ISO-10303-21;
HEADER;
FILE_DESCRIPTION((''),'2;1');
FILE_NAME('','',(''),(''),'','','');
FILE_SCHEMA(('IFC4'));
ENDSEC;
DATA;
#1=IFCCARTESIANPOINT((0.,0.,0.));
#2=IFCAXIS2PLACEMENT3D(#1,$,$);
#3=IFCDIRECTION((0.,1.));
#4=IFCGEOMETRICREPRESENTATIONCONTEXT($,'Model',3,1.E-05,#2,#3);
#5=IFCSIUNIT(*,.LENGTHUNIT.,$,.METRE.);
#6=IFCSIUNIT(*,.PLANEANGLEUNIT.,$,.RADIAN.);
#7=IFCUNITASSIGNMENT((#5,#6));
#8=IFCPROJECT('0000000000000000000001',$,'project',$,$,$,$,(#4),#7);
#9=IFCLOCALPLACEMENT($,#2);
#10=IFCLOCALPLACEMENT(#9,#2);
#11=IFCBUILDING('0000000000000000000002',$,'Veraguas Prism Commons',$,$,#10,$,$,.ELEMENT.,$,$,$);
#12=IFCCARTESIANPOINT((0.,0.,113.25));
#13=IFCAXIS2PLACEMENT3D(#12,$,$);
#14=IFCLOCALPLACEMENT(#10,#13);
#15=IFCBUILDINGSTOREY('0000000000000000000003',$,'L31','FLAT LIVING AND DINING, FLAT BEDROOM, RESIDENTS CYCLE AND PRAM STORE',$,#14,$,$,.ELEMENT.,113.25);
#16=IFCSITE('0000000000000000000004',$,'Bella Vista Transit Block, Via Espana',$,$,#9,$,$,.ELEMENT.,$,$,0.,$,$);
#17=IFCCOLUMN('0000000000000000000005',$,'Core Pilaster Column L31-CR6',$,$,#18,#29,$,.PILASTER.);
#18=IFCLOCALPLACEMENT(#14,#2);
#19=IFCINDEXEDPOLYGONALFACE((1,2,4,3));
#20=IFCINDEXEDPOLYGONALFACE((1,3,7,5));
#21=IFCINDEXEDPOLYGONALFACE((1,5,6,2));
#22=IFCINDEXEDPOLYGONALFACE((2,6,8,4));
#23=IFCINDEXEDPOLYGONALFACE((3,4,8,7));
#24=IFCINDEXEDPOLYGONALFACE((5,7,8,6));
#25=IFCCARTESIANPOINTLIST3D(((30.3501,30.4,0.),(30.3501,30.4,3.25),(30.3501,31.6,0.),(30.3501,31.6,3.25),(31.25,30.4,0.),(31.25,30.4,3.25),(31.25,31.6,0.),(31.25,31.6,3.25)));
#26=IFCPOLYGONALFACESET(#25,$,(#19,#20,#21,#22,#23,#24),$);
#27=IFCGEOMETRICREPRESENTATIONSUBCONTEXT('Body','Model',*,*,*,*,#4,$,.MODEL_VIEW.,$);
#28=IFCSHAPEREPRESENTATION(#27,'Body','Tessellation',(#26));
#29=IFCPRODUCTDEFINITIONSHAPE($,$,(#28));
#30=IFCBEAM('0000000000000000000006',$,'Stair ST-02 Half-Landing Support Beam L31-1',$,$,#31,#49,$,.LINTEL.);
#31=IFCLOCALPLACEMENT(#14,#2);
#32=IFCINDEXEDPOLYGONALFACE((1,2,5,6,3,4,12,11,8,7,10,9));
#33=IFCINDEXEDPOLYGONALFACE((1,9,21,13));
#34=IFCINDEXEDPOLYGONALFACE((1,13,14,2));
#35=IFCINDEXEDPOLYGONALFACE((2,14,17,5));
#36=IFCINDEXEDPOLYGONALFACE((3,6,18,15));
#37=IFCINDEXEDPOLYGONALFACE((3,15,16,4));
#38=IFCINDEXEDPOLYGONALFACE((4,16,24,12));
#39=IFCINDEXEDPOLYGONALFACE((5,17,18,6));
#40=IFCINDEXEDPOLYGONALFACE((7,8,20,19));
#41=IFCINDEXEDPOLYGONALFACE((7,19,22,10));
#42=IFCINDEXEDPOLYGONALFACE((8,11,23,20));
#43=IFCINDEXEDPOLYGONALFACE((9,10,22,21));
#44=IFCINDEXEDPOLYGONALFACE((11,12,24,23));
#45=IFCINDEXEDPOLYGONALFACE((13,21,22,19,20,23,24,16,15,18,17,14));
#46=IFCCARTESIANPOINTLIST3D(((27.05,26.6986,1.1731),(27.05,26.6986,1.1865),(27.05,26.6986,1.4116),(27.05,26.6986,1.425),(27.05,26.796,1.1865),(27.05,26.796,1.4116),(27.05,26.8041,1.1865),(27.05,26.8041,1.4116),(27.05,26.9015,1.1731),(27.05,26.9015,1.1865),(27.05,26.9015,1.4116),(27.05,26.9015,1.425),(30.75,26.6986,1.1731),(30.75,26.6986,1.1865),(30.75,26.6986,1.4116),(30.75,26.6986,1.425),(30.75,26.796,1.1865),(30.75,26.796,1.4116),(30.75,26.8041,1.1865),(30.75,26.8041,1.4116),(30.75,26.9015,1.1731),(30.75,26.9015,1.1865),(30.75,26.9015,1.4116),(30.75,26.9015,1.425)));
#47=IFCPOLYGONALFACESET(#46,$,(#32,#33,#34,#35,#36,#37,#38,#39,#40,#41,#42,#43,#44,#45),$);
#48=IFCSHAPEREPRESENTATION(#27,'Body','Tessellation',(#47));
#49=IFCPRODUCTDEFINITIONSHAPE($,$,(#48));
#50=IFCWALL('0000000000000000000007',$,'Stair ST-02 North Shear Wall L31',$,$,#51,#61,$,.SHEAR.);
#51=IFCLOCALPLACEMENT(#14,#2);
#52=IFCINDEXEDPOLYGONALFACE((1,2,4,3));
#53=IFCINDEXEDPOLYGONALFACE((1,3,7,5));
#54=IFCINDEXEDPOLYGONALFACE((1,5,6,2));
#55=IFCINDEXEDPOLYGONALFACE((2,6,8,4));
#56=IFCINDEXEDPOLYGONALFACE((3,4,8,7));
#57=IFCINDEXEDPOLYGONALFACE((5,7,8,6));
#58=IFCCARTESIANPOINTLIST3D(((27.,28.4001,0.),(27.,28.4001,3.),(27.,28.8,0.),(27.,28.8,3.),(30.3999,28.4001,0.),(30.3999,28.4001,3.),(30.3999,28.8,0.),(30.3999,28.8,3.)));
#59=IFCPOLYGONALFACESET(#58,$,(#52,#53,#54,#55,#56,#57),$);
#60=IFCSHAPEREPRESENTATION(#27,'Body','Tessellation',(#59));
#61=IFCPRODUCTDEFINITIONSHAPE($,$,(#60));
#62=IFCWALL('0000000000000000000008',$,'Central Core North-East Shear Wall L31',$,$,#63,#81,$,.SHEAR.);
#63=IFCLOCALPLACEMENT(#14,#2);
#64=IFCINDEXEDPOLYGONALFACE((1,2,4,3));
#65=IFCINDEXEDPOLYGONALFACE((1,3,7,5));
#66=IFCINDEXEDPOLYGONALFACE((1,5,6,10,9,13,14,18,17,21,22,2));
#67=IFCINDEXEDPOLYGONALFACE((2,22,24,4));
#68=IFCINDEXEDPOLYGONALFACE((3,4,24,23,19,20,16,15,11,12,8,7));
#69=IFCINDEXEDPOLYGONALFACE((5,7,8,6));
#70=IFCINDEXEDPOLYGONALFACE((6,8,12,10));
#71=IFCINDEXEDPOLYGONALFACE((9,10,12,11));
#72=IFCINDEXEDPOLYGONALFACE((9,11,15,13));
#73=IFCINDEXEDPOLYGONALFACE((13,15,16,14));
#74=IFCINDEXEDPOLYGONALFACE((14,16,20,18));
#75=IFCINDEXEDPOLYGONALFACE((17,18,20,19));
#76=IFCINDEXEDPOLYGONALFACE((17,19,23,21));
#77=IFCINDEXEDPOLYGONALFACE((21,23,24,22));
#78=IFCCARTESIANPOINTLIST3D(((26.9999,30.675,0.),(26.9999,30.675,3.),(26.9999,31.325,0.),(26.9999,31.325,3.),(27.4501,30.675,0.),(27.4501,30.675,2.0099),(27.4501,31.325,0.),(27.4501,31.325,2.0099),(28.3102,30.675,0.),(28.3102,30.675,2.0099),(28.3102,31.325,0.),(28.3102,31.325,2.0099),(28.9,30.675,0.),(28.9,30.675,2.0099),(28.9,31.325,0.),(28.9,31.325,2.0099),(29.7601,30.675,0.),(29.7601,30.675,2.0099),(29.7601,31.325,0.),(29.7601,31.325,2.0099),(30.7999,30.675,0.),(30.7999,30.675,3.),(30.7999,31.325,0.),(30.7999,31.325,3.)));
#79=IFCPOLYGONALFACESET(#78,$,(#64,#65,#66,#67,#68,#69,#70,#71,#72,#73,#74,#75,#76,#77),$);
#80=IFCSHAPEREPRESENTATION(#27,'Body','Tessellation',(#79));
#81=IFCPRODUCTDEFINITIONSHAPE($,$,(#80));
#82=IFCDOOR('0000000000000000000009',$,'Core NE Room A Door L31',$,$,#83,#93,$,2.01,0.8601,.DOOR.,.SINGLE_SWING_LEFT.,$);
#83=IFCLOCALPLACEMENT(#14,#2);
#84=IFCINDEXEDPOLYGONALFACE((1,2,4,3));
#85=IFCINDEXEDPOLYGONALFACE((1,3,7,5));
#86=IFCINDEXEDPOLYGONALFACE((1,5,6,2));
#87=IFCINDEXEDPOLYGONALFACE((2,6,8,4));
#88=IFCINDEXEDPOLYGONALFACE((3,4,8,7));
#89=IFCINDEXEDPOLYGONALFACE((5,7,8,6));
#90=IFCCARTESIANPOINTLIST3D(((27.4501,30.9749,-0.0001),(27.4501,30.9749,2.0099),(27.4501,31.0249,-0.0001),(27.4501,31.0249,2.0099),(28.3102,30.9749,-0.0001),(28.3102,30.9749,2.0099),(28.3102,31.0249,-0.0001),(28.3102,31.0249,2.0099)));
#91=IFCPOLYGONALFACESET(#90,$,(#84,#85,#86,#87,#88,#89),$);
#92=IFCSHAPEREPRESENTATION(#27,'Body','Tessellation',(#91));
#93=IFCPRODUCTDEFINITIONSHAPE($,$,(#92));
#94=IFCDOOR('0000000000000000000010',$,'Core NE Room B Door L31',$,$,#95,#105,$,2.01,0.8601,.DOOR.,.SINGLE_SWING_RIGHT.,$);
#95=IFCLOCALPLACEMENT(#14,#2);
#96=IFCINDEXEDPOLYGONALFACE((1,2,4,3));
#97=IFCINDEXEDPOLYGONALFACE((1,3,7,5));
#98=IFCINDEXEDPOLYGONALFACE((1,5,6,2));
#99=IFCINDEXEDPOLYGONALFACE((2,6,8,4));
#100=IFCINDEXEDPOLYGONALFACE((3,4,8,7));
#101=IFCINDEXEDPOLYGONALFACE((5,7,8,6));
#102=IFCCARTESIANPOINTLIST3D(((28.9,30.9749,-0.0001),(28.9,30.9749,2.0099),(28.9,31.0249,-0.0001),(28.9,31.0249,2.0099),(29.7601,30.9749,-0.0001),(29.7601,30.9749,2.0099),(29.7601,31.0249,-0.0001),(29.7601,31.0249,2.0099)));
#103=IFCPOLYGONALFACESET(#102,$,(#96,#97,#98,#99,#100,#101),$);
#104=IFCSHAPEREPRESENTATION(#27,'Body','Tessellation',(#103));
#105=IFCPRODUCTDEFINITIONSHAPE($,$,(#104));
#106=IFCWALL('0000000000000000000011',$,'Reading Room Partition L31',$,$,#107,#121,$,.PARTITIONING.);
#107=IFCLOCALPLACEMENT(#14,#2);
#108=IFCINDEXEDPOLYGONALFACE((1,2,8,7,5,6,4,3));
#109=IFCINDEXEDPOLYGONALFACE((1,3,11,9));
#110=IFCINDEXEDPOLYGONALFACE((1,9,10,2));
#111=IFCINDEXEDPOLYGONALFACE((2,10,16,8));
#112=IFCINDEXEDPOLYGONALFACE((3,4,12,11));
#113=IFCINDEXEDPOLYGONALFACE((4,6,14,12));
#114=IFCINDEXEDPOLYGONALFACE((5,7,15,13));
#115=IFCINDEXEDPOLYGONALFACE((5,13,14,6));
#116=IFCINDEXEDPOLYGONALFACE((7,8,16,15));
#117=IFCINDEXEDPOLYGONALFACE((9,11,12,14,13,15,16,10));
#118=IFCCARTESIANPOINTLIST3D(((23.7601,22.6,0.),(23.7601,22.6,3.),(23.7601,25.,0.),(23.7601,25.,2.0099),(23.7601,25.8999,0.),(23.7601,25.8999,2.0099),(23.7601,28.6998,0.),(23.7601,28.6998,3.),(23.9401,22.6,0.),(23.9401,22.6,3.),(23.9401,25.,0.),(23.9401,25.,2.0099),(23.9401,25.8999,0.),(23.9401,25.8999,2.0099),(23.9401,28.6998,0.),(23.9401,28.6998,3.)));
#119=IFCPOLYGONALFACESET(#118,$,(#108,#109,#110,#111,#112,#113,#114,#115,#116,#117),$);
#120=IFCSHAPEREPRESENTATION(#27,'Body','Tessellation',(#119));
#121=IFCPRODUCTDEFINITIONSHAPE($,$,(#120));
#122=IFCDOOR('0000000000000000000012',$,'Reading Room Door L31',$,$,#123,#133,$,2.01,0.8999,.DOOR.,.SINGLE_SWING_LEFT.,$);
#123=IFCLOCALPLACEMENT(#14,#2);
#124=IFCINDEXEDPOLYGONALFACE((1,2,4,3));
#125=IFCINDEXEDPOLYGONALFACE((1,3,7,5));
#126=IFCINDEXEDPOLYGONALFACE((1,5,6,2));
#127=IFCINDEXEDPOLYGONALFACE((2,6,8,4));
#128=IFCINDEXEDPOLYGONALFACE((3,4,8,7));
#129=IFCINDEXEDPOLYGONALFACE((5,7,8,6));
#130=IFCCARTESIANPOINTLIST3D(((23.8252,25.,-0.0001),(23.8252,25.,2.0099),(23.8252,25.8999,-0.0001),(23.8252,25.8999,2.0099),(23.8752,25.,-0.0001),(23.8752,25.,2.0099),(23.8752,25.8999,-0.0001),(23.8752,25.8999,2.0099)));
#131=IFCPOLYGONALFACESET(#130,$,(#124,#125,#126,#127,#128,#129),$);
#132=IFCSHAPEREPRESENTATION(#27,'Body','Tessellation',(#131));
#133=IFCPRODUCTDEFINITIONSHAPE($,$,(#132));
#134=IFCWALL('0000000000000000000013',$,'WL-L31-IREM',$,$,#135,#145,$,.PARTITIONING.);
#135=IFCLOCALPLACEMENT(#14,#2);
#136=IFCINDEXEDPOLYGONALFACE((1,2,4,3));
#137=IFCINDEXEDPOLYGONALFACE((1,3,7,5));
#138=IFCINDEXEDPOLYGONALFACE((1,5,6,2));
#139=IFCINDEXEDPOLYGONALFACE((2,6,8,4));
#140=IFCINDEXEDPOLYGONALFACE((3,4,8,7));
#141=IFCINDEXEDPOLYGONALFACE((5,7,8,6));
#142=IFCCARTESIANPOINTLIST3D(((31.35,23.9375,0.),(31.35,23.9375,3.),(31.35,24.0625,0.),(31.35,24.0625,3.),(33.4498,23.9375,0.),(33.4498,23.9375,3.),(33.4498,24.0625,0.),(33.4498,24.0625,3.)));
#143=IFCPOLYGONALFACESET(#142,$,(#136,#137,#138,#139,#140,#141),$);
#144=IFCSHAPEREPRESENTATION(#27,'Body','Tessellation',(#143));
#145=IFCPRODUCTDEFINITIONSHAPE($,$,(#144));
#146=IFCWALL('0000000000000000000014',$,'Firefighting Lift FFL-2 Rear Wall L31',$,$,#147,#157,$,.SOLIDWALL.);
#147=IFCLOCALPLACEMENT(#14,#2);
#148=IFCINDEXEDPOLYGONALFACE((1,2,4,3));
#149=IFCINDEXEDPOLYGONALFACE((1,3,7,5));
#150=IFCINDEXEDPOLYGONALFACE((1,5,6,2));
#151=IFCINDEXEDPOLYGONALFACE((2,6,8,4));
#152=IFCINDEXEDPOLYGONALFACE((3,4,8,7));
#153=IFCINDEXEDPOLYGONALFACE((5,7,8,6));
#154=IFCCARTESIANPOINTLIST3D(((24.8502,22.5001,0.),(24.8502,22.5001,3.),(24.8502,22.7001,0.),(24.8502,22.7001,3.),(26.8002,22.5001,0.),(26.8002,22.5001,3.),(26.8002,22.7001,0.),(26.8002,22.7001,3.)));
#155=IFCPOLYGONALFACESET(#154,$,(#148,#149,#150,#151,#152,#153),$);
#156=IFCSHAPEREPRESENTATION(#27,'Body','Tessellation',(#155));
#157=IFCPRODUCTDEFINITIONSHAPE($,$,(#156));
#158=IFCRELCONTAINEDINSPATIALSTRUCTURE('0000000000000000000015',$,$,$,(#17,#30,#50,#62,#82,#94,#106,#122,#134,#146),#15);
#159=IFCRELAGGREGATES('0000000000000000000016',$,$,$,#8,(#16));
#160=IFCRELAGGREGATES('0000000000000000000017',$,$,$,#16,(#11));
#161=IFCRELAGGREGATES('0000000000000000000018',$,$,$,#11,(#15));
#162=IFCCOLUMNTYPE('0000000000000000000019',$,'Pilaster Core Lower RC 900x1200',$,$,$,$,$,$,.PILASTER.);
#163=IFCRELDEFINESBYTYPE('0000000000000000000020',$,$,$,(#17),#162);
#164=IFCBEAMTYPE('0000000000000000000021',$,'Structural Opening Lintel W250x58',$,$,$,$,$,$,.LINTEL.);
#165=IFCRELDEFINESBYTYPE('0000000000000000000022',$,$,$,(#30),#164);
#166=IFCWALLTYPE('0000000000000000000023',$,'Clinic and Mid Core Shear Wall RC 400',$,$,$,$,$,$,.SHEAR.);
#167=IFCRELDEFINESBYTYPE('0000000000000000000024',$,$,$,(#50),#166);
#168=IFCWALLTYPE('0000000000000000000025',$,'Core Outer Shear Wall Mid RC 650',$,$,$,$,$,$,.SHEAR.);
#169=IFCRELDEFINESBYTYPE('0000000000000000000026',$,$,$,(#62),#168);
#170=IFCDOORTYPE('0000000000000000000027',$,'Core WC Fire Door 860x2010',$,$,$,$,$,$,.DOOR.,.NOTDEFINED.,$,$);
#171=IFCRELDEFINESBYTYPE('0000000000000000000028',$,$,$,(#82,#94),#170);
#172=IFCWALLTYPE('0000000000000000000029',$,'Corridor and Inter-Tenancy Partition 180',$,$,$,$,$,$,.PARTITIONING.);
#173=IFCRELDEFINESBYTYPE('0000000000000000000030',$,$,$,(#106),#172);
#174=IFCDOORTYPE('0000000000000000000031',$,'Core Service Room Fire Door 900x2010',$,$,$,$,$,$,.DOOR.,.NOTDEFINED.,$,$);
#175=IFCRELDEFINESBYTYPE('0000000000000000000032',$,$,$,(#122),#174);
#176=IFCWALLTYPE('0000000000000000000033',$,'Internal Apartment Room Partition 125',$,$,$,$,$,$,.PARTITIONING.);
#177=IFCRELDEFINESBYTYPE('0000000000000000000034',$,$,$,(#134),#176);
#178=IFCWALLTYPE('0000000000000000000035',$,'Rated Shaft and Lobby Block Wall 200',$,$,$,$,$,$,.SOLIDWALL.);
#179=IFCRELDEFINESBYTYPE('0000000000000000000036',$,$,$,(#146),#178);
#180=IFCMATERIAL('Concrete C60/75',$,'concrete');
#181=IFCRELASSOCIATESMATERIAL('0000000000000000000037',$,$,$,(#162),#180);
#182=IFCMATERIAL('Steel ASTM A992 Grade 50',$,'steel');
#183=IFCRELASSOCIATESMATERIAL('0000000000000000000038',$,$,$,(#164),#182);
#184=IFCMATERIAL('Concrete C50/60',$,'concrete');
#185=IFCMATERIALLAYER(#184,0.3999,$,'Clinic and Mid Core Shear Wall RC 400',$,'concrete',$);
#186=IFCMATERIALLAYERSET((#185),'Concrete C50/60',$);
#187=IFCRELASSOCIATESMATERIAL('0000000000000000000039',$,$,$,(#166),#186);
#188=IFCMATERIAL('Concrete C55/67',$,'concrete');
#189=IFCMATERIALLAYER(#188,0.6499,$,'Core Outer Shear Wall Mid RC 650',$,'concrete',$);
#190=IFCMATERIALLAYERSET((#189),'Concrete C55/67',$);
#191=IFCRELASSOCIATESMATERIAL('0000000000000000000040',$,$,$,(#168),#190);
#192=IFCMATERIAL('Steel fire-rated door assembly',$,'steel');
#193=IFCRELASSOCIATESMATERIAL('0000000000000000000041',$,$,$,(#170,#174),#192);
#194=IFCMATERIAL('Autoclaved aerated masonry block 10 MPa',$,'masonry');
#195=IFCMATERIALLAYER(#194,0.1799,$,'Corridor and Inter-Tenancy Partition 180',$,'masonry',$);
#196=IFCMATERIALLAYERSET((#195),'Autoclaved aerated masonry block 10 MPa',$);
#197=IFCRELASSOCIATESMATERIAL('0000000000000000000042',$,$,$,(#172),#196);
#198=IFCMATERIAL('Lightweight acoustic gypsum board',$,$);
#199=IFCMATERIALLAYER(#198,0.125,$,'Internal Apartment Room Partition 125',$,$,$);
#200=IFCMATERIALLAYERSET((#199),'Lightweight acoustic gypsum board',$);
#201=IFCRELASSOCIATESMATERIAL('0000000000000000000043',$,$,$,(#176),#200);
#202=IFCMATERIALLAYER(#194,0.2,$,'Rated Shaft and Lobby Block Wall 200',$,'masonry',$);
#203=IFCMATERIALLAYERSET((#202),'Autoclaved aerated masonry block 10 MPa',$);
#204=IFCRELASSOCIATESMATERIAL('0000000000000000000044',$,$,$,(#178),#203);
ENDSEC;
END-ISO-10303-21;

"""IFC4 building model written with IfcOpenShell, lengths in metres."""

from ifc_helpers import new_model, si_unit, direction, frame, frame_2d, origin, origin_2d, place, context, subcontext, project, spatial, rectangle, i_section, extrude, source, transform, mapped, material, layer, layer_set, material_profile, profile_set, type_object, element, fill, save


model = new_model("IFC4")

# Units and contexts
model_context = context("Model", 3, precision=1e-05, world=origin(), true_north=direction((0.0, 1.0)))
body_context = subcontext(model_context, "Body", "Model", "MODEL_VIEW")
ifc_project = project(units=[si_unit("LENGTHUNIT", "METRE"), si_unit("PLANEANGLEUNIT", "RADIAN")], contexts=[model_context])

# Site, building, storey
site_placement = place(None, origin())
site = spatial("IfcSite", under=ifc_project, at=site_placement, Name="Bella Vista Transit Block, Via Espana", CompositionType="ELEMENT", RefElevation=0.0)
building_placement = place(site_placement, origin())
building = spatial("IfcBuilding", under=site, at=building_placement, Name="Veraguas Prism Commons", CompositionType="ELEMENT")
storey_placement = place(building_placement, frame((0.0, 0.0, 113.25)))
storey = spatial("IfcBuildingStorey", under=building, at=storey_placement, Name="L31", Description="FLAT LIVING AND DINING, FLAT BEDROOM, RESIDENTS CYCLE AND PRAM STORE", CompositionType="ELEMENT", Elevation=113.25)

# Column
ifc_material_1 = material(Name="Concrete C60/75", Category="concrete")
ifc_material_profile_1 = material_profile(ifc_material_1, rectangle(XDim=0.8999, YDim=1.2, at=origin_2d()), Name="RC900X1200")
ifc_profile_set_1 = profile_set([ifc_material_profile_1], Name="Concrete C60/75")
column_type = type_object("IfcColumnType", Name="Pilaster Core Lower RC 900x1200", PredefinedType="PILASTER", material=ifc_profile_set_1)
column_placement = place(storey_placement, frame((30.8, 31.0, 0.0), z_axis=(0.0, 0.0, 1.0), x_axis=(1.0, 0.0, 0.0)))
element("IfcColumn", 1, at=column_placement, inside=storey, type_object=column_type, Name="Core Pilaster Column L31-CR6", PredefinedType="PILASTER", context=body_context, shape_type="SweptSolid", body=[
    extrude(rectangle(XDim=0.8999, YDim=1.2, at=origin_2d()), origin(), (0.0, 0.0, 1.0), 3.25),
])

# Beam
ifc_material_2 = material(Name="Steel ASTM A992 Grade 50", Category="steel")
ifc_material_profile_2 = material_profile(ifc_material_2, i_section(OverallWidth=0.2029, OverallDepth=0.252, WebThickness=0.0081, FlangeThickness=0.0134, at=origin_2d()), Name="W250X58")
ifc_profile_set_2 = profile_set([ifc_material_profile_2], Name="Steel ASTM A992 Grade 50")
beam_type = type_object("IfcBeamType", Name="Structural Opening Lintel W250x58", PredefinedType="LINTEL", material=ifc_profile_set_2)
beam_placement = place(storey_placement, frame((27.05, 26.8, 1.2991), z_axis=(1.0, 0.0, 0.0), x_axis=(0.0, 1.0, 0.0)))
element("IfcBeam", 2, at=beam_placement, inside=storey, type_object=beam_type, Name="Stair ST-02 Half-Landing Support Beam L31-1", PredefinedType="LINTEL", context=body_context, shape_type="SweptSolid", body=[
    extrude(i_section(OverallWidth=0.2029, OverallDepth=0.252, WebThickness=0.0081, FlangeThickness=0.0134, at=origin_2d()), origin(), (0.0, 0.0, 1.0), 3.7),
])

# Wall
ifc_material_3 = material(Name="Concrete C50/60", Category="concrete")
ifc_layer_1 = layer(ifc_material_3, 0.3999, Name="Clinic and Mid Core Shear Wall RC 400", Category="concrete")
ifc_layer_set_1 = layer_set([ifc_layer_1], Name="Concrete C50/60")
wall_type_1 = type_object("IfcWallType", Name="Clinic and Mid Core Shear Wall RC 400", PredefinedType="SHEAR", material=ifc_layer_set_1)
wall_1_placement = place(storey_placement, frame((27.0, 28.6001, 0.0), z_axis=(0.0, 0.0, 1.0), x_axis=(1.0, 0.0, 0.0)))
element("IfcWall", 3, at=wall_1_placement, inside=storey, type_object=wall_type_1, Name="Stair ST-02 North Shear Wall L31", PredefinedType="SHEAR", context=body_context, shape_type="SweptSolid", body=[
    extrude(rectangle(XDim=3.3999, YDim=0.3999, at=frame_2d((1.7, 0.0))), origin(), (0.0, 0.0, 1.0), 3.0),
])

# Wall, openings, doors
ifc_material_4 = material(Name="Concrete C55/67", Category="concrete")
ifc_layer_2 = layer(ifc_material_4, 0.6499, Name="Core Outer Shear Wall Mid RC 650", Category="concrete")
ifc_layer_set_2 = layer_set([ifc_layer_2], Name="Concrete C55/67")
wall_type_2 = type_object("IfcWallType", Name="Core Outer Shear Wall Mid RC 650", PredefinedType="SHEAR", material=ifc_layer_set_2)
wall_2_placement = place(storey_placement, frame((27.0, 31.0, 0.0), z_axis=(0.0, 0.0, 1.0), x_axis=(1.0, 0.0, 0.0)))
wall_2 = element("IfcWall", 4, at=wall_2_placement, inside=storey, type_object=wall_type_2, Name="Central Core North-East Shear Wall L31", PredefinedType="SHEAR", context=body_context, shape_type="SweptSolid", body=[
    extrude(rectangle(XDim=3.8, YDim=0.6499, at=frame_2d((1.8999, 0.0))), origin(), (0.0, 0.0, 1.0), 3.0),
])
opening_1_placement = place(wall_2_placement, frame((0.45, 0.0, 0.0)))
opening_1 = element("IfcOpeningElement", 5, at=opening_1_placement, cuts=wall_2, PredefinedType="OPENING", context=body_context, shape_type="SweptSolid", body=[
    extrude(rectangle(XDim=0.8601, YDim=2.01, at=frame_2d((0.4302, 1.0049))), frame((0.0, 0.335, 0.0), z_axis=(0.0, -1.0, 0.0), x_axis=(1.0, 0.0, 0.0)), (0.0, 0.0, 1.0), 0.6699),
])
opening_2_placement = place(wall_2_placement, frame((1.8999, 0.0, 0.0)))
opening_2 = element("IfcOpeningElement", 6, at=opening_2_placement, cuts=wall_2, PredefinedType="OPENING", context=body_context, shape_type="SweptSolid", body=[
    extrude(rectangle(XDim=0.8601, YDim=2.01, at=frame_2d((0.4302, 1.0049))), frame((0.0, 0.335, 0.0), z_axis=(0.0, -1.0, 0.0), x_axis=(1.0, 0.0, 0.0)), (0.0, 0.0, 1.0), 0.6699),
])
ifc_material_5 = material(Name="Steel fire-rated door assembly", Category="steel")
door_type_1 = type_object("IfcDoorType", Name="Core WC Fire Door 860x2010", OperationType="NOTDEFINED", PredefinedType="DOOR", material=ifc_material_5)
shared_shape_1 = source(origin(), body_context, "Body", "SweptSolid", [
    extrude(rectangle(XDim=0.8601, YDim=2.01, at=frame_2d((0.4302, 1.0049))), frame((0.0, 0.0249, 0.0), z_axis=(0.0, -1.0, 0.0), x_axis=(1.0, 0.0, 0.0)), (0.0, 0.0, 1.0), 0.05),
])
door_1_placement = place(opening_1_placement, origin())
door_1 = element("IfcDoor", 7, at=door_1_placement, inside=storey, type_object=door_type_1, Name="Core NE Room A Door L31", OperationType="SINGLE_SWING_LEFT", OverallHeight=2.01, OverallWidth=0.8601, PredefinedType="DOOR", context=body_context, shape_type="MappedRepresentation", body=[
    mapped(shared_shape_1, transform((0.0, 0.0, 0.0), scale=1.0)),
])
fill(opening_1, door_1)
door_2_placement = place(opening_2_placement, origin())
door_2 = element("IfcDoor", 8, at=door_2_placement, inside=storey, type_object=door_type_1, Name="Core NE Room B Door L31", OperationType="SINGLE_SWING_RIGHT", OverallHeight=2.01, OverallWidth=0.8601, PredefinedType="DOOR", context=body_context, shape_type="MappedRepresentation", body=[
    mapped(shared_shape_1, transform((0.0, 0.0, 0.0), scale=1.0)),
])
fill(opening_2, door_2)

# Wall, opening, door
ifc_material_6 = material(Name="Autoclaved aerated masonry block 10 MPa", Category="masonry")
ifc_layer_3 = layer(ifc_material_6, 0.1799, Name="Corridor and Inter-Tenancy Partition 180", Category="masonry")
ifc_layer_set_3 = layer_set([ifc_layer_3], Name="Autoclaved aerated masonry block 10 MPa")
wall_type_3 = type_object("IfcWallType", Name="Corridor and Inter-Tenancy Partition 180", PredefinedType="PARTITIONING", material=ifc_layer_set_3)
wall_3_placement = place(storey_placement, frame((23.8501, 22.6001, 0.0), z_axis=(0.0, 0.0, 1.0), x_axis=(0.0, 1.0, 0.0)))
wall_3 = element("IfcWall", 9, at=wall_3_placement, inside=storey, type_object=wall_type_3, Name="Reading Room Partition L31", PredefinedType="PARTITIONING", context=body_context, shape_type="SweptSolid", body=[
    extrude(rectangle(XDim=6.0999, YDim=0.1799, at=frame_2d((3.0498, 0.0))), origin(), (0.0, 0.0, 1.0), 3.0),
])
opening_3_placement = place(wall_3_placement, frame((2.3999, 0.0, 0.0)))
opening_3 = element("IfcOpeningElement", 10, at=opening_3_placement, cuts=wall_3, PredefinedType="OPENING", context=body_context, shape_type="SweptSolid", body=[
    extrude(rectangle(XDim=0.8999, YDim=2.01, at=frame_2d((0.45, 1.0049))), frame((0.0, 0.0999, 0.0), z_axis=(0.0, -1.0, 0.0), x_axis=(1.0, 0.0, 0.0)), (0.0, 0.0, 1.0), 0.2),
])
door_type_2 = type_object("IfcDoorType", Name="Core Service Room Fire Door 900x2010", OperationType="NOTDEFINED", PredefinedType="DOOR", material=ifc_material_5)
shared_shape_2 = source(origin(), body_context, "Body", "SweptSolid", [
    extrude(rectangle(XDim=0.8999, YDim=2.01, at=frame_2d((0.45, 1.0049))), frame((0.0, 0.0249, 0.0), z_axis=(0.0, -1.0, 0.0), x_axis=(1.0, 0.0, 0.0)), (0.0, 0.0, 1.0), 0.05),
])
door_3_placement = place(opening_3_placement, origin())
door_3 = element("IfcDoor", 11, at=door_3_placement, inside=storey, type_object=door_type_2, Name="Reading Room Door L31", OperationType="SINGLE_SWING_LEFT", OverallHeight=2.01, OverallWidth=0.8999, PredefinedType="DOOR", context=body_context, shape_type="MappedRepresentation", body=[
    mapped(shared_shape_2, transform((0.0, 0.0, 0.0), scale=1.0)),
])
fill(opening_3, door_3)

# Walls
ifc_material_7 = material(Name="Lightweight acoustic gypsum board")
ifc_layer_4 = layer(ifc_material_7, 0.125, Name="Internal Apartment Room Partition 125")
ifc_layer_set_4 = layer_set([ifc_layer_4], Name="Lightweight acoustic gypsum board")
wall_type_4 = type_object("IfcWallType", Name="Internal Apartment Room Partition 125", PredefinedType="PARTITIONING", material=ifc_layer_set_4)
wall_4_placement = place(storey_placement, frame((31.3501, 24.0, 0.0), z_axis=(0.0, 0.0, 1.0), x_axis=(1.0, 0.0, 0.0)))
element("IfcWall", 12, at=wall_4_placement, inside=storey, type_object=wall_type_4, Name="WL-L31-IREM", PredefinedType="PARTITIONING", context=body_context, shape_type="SweptSolid", body=[
    extrude(rectangle(XDim=2.0999, YDim=0.125, at=frame_2d((1.0498, 0.0))), origin(), (0.0, 0.0, 1.0), 3.0),
])
ifc_layer_5 = layer(ifc_material_6, 0.2, Name="Rated Shaft and Lobby Block Wall 200", Category="masonry")
ifc_layer_set_5 = layer_set([ifc_layer_5], Name="Autoclaved aerated masonry block 10 MPa")
wall_type_5 = type_object("IfcWallType", Name="Rated Shaft and Lobby Block Wall 200", PredefinedType="SOLIDWALL", material=ifc_layer_set_5)
wall_5_placement = place(storey_placement, frame((24.8501, 22.6001, 0.0), z_axis=(0.0, 0.0, 1.0), x_axis=(1.0, 0.0, 0.0)))
element("IfcWall", 13, at=wall_5_placement, inside=storey, type_object=wall_type_5, Name="Firefighting Lift FFL-2 Rear Wall L31", PredefinedType="SOLIDWALL", context=body_context, shape_type="SweptSolid", body=[
    extrude(rectangle(XDim=1.95, YDim=0.2, at=frame_2d((0.9751, 0.0))), origin(), (0.0, 0.0, 1.0), 3.0),
])

save(model, "model.ifc")
